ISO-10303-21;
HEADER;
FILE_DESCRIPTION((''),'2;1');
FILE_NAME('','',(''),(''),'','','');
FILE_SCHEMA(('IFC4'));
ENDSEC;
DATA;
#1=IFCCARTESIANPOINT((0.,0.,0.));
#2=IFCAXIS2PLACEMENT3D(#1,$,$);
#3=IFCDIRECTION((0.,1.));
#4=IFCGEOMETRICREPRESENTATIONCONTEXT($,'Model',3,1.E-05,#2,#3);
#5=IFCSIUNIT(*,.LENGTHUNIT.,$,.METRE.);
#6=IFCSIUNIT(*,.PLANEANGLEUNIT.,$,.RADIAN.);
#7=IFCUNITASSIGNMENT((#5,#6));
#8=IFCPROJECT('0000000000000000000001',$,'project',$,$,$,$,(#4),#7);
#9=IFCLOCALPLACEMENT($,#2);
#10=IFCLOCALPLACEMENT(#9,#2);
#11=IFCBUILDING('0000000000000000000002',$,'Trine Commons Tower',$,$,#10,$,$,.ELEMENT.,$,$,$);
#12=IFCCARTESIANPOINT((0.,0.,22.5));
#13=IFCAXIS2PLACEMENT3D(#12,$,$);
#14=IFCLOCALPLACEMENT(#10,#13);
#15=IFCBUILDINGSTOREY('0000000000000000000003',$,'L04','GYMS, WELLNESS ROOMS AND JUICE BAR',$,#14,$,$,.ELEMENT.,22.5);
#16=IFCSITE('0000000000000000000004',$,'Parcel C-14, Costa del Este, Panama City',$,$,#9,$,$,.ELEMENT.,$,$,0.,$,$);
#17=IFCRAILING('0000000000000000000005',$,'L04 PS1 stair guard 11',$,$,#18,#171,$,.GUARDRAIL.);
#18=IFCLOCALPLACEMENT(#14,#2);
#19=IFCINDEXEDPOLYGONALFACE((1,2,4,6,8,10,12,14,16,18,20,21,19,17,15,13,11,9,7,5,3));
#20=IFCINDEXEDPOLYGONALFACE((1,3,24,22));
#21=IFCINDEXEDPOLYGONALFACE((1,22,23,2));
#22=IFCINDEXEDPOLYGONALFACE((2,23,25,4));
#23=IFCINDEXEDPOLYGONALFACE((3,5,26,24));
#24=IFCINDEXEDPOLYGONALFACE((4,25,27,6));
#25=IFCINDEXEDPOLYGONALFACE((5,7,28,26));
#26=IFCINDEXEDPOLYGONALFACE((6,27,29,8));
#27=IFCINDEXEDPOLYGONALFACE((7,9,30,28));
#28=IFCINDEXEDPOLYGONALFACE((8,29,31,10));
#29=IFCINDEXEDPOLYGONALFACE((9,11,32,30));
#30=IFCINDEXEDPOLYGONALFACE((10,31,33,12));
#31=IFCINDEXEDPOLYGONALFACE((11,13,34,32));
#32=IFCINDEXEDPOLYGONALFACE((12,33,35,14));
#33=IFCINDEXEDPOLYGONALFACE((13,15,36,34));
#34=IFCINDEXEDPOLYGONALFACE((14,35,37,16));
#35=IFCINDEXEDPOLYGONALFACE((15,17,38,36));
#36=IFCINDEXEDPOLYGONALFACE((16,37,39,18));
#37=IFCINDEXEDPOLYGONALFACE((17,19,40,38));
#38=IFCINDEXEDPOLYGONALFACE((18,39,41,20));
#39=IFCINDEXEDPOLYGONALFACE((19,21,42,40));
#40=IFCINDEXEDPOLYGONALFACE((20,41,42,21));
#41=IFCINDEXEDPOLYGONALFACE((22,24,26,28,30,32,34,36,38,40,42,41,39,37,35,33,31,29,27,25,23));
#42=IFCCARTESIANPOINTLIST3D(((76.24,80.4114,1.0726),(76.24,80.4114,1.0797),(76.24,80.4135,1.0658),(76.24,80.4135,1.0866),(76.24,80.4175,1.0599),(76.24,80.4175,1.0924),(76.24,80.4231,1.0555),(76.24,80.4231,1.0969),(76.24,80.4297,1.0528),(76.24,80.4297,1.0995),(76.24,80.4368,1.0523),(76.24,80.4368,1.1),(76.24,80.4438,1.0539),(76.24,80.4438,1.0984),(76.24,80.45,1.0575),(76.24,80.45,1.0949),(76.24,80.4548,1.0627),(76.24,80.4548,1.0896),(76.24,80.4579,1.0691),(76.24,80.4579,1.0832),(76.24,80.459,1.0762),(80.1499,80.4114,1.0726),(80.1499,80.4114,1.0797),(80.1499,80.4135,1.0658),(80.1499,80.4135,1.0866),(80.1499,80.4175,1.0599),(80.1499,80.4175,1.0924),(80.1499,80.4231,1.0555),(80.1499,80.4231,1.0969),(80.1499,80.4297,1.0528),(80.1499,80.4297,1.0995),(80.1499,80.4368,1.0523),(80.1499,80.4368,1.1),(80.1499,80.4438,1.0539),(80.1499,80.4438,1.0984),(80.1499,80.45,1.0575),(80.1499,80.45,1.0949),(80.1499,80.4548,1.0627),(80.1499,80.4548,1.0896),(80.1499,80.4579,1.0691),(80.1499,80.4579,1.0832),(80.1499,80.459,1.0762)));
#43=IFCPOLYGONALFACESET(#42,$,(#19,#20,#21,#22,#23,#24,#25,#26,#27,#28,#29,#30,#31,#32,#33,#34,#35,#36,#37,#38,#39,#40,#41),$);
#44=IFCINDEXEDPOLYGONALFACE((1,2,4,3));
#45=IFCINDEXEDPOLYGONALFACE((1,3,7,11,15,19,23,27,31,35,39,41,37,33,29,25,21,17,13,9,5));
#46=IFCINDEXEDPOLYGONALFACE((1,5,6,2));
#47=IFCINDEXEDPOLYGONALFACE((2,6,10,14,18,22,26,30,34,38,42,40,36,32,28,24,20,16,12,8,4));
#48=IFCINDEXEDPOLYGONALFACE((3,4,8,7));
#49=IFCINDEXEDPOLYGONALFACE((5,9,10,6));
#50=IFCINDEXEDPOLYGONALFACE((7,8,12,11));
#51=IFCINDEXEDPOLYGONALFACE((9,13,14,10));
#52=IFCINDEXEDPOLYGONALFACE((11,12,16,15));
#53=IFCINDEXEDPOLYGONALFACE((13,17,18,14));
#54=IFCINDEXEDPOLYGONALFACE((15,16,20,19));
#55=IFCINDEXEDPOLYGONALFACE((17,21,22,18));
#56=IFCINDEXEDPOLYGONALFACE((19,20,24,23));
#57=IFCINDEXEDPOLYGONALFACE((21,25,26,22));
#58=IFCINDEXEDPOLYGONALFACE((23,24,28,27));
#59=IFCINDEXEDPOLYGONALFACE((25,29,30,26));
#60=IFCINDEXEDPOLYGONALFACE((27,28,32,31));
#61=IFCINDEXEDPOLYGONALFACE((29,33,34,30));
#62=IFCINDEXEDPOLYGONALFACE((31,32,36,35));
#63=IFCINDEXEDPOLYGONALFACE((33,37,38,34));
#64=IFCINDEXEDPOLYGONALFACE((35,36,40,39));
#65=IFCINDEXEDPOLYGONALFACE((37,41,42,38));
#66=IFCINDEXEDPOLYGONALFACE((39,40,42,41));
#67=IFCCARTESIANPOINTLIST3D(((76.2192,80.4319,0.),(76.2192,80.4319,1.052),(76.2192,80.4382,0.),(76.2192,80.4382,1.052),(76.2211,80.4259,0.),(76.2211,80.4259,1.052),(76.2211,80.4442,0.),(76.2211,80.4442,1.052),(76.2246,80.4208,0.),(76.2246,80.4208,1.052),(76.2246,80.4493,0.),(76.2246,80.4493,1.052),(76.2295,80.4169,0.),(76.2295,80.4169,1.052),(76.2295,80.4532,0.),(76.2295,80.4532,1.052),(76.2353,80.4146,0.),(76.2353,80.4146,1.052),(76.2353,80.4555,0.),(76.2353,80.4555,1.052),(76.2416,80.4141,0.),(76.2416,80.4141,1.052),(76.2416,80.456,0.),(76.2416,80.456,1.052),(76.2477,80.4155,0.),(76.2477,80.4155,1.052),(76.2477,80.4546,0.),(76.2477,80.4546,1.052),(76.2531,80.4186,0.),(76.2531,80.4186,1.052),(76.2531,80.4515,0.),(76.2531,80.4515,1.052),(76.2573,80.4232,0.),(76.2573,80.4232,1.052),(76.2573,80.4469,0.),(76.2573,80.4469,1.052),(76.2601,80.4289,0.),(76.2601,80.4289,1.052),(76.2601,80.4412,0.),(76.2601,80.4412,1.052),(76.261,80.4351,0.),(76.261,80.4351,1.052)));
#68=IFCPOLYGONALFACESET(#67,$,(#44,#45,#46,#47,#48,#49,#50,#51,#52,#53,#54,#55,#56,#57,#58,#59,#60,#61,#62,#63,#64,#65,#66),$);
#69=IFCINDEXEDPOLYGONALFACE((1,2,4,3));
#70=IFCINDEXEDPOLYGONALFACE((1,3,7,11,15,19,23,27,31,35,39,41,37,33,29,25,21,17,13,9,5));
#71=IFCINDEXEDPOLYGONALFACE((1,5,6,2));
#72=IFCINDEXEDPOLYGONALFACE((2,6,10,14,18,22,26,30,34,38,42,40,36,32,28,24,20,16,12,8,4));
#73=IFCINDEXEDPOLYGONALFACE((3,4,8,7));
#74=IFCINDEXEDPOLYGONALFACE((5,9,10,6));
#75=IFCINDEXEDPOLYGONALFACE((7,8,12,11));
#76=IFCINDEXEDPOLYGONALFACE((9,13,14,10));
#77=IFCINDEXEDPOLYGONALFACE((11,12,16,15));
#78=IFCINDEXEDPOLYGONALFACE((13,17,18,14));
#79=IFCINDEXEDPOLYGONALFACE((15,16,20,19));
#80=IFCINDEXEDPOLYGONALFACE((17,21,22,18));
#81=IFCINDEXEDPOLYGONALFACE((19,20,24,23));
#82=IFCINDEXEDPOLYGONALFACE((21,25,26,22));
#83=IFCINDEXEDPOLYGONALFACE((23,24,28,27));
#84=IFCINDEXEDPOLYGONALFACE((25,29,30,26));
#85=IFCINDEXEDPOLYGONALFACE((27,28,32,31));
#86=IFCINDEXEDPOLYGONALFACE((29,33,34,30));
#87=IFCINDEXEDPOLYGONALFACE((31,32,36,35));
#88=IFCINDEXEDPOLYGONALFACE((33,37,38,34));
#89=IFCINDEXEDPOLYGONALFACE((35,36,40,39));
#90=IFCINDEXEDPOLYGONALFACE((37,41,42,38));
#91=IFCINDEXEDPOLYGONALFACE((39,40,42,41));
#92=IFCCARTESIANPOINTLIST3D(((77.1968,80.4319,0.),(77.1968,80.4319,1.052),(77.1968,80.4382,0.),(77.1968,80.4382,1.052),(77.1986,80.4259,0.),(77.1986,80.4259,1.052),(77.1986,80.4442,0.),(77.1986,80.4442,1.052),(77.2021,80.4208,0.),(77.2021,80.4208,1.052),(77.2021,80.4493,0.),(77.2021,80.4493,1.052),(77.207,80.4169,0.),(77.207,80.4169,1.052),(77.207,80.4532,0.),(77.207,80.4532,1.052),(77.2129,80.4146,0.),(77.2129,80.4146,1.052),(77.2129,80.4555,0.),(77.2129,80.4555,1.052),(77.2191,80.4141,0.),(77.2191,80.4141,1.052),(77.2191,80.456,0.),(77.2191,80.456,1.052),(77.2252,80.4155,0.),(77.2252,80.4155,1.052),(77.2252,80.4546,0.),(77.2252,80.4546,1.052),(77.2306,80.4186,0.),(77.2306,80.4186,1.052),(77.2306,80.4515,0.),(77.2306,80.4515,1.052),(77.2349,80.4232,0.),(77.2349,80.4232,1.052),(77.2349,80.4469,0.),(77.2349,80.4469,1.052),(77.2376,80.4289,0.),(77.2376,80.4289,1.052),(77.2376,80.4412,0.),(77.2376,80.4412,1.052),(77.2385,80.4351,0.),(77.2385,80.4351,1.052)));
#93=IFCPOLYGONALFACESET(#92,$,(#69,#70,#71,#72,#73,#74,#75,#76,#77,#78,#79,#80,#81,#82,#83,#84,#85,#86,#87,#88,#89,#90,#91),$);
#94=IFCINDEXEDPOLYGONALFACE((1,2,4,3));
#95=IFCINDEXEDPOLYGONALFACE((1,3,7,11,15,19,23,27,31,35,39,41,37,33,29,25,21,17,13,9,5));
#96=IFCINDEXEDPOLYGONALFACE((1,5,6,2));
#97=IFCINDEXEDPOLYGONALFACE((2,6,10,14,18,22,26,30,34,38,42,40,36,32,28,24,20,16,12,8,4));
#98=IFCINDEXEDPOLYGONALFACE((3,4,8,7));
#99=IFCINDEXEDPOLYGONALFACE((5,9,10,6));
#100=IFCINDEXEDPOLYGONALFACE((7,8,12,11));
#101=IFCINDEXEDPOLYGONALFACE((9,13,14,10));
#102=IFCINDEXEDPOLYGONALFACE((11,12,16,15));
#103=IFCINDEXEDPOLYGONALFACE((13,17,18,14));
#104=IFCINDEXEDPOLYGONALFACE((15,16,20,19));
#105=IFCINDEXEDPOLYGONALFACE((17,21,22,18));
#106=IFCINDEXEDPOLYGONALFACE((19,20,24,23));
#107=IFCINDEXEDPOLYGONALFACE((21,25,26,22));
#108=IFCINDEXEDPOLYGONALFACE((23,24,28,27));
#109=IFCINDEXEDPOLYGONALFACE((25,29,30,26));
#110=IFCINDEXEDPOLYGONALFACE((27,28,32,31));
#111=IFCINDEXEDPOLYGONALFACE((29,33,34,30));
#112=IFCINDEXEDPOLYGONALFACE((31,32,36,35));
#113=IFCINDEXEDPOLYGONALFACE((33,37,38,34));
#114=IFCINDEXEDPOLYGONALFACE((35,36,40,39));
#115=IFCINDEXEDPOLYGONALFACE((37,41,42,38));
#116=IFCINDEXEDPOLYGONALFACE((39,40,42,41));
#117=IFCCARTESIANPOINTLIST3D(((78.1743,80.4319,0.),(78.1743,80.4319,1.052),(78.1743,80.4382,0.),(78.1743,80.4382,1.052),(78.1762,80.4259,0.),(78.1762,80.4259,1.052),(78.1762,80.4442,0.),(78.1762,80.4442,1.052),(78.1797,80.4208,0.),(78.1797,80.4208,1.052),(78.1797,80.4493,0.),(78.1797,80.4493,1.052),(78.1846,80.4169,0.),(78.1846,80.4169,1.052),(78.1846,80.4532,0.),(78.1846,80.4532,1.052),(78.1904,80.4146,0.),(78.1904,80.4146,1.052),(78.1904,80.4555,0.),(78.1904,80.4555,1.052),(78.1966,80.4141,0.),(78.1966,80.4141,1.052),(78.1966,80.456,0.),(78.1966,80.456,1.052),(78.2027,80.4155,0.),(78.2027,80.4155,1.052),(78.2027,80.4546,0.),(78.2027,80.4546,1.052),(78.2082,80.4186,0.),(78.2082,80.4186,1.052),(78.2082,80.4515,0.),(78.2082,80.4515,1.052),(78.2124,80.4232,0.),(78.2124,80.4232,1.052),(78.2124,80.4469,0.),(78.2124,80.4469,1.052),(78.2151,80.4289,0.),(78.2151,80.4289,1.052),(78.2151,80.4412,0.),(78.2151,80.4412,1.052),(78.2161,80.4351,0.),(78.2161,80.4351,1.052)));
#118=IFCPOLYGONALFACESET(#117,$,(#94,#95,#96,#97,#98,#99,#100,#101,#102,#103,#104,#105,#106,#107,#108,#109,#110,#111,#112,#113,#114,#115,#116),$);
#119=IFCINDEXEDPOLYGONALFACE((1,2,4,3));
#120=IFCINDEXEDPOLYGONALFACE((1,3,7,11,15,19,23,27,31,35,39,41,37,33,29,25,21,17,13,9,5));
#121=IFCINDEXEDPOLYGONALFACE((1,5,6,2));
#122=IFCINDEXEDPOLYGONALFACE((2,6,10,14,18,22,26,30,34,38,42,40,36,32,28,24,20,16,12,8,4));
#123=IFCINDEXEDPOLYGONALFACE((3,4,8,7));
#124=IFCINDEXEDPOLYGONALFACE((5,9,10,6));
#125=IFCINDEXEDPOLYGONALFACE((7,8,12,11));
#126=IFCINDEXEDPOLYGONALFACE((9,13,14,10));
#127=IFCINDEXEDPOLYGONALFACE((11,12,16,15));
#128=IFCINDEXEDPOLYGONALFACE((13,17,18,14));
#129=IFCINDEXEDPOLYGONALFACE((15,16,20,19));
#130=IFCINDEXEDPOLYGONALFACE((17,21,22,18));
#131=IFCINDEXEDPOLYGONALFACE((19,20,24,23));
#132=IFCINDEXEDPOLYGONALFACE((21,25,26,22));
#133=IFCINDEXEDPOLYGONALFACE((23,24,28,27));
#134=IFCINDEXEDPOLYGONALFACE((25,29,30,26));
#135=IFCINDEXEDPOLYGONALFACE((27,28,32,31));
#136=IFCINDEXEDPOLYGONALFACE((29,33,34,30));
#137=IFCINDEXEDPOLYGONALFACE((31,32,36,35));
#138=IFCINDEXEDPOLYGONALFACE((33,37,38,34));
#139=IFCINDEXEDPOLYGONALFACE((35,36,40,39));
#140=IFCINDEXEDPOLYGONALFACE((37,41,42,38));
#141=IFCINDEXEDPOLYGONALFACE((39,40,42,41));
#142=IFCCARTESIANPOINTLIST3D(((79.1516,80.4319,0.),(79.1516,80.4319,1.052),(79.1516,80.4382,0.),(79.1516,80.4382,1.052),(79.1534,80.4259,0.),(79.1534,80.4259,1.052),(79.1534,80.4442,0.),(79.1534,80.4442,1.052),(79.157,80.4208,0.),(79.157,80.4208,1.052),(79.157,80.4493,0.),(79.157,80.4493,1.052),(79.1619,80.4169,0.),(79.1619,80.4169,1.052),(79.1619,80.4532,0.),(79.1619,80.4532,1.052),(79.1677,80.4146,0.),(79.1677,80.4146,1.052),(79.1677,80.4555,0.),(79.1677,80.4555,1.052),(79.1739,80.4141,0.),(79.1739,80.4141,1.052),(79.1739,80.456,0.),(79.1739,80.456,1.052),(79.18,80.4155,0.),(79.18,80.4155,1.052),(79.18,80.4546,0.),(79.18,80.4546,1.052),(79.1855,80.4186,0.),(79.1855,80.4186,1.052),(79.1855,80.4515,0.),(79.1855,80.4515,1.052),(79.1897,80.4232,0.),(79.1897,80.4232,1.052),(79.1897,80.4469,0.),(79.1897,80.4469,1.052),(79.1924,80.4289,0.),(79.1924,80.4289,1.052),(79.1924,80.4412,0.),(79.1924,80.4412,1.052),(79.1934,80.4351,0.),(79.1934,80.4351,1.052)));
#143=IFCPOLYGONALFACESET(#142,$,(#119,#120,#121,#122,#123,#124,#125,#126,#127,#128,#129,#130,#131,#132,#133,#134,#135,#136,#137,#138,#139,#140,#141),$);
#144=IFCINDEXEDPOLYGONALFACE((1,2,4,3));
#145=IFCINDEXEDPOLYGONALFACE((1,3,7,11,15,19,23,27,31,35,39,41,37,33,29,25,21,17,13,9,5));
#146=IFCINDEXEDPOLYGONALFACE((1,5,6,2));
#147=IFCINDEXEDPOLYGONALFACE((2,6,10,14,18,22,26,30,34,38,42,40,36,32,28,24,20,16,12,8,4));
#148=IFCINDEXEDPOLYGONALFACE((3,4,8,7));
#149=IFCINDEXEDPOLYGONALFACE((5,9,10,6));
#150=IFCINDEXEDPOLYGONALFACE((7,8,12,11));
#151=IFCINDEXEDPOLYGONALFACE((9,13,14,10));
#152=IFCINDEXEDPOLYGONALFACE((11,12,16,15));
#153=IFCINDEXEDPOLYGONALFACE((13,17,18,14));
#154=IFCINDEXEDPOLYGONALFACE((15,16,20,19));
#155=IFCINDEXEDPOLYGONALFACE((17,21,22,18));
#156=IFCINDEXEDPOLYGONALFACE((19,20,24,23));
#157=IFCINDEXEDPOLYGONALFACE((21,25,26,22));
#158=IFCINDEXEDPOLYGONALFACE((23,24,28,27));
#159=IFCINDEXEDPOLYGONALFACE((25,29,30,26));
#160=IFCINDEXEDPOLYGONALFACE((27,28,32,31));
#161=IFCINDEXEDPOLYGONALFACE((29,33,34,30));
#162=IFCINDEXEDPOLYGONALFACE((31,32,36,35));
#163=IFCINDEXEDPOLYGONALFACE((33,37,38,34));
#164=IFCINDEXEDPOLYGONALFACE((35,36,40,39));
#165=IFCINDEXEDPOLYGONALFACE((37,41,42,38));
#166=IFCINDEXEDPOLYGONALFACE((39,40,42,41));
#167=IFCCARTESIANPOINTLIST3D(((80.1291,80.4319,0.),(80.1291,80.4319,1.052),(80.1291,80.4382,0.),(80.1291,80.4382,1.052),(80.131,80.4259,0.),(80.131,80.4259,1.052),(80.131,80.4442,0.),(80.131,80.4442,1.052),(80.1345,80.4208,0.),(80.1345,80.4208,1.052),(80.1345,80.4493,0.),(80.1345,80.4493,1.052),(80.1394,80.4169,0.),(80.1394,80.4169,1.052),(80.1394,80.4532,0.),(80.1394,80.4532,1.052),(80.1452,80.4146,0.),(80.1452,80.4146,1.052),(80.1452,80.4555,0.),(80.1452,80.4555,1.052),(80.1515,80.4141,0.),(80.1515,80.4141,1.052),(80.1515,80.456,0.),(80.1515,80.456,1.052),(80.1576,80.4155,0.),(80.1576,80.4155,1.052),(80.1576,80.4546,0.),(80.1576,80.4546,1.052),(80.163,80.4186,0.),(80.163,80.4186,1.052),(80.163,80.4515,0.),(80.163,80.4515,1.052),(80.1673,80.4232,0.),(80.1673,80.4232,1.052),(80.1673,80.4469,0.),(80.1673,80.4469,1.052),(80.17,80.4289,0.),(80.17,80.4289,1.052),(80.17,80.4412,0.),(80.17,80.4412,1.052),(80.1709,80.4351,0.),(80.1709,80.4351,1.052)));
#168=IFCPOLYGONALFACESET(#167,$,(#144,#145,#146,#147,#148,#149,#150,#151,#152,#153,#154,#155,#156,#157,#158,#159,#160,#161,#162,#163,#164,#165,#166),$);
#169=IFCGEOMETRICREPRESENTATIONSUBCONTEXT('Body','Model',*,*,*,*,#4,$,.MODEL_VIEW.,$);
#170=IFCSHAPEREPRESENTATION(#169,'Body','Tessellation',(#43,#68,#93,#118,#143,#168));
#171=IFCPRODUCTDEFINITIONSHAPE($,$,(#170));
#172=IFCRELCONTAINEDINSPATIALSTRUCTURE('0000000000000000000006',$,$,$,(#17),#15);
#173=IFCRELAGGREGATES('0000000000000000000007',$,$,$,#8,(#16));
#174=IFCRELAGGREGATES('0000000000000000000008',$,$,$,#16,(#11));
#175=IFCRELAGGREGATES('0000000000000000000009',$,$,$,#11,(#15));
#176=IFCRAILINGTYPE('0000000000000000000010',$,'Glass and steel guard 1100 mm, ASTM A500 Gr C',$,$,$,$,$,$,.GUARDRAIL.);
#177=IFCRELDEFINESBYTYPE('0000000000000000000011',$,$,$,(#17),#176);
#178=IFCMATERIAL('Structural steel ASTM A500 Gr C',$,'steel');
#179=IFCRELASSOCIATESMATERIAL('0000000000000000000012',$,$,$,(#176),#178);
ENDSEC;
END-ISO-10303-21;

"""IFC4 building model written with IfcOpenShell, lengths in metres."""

from ifc_helpers import new_model, si_unit, direction, frame, origin, origin_2d, place, context, subcontext, project, spatial, circle, extrude, material, type_object, element, save


model = new_model("IFC4")

# Units and contexts
model_context = context("Model", 3, precision=1e-05, world=origin(), true_north=direction((0.0, 1.0)))
body_context = subcontext(model_context, "Body", "Model", "MODEL_VIEW")
ifc_project = project(units=[si_unit("LENGTHUNIT", "METRE"), si_unit("PLANEANGLEUNIT", "RADIAN")], contexts=[model_context])

# Site, building, storey
site_placement = place(None, origin())
site = spatial("IfcSite", under=ifc_project, at=site_placement, Name="Parcel C-14, Costa del Este, Panama City", CompositionType="ELEMENT", RefElevation=0.0)
building_placement = place(site_placement, origin())
building = spatial("IfcBuilding", under=site, at=building_placement, Name="Trine Commons Tower", CompositionType="ELEMENT")
storey_placement = place(building_placement, frame((0.0, 0.0, 22.5)))
storey = spatial("IfcBuildingStorey", under=building, at=storey_placement, Name="L04", Description="GYMS, WELLNESS ROOMS AND JUICE BAR", CompositionType="ELEMENT", Elevation=22.5)

# Railing
ifc_material_1 = material(Name="Structural steel ASTM A500 Gr C", Category="steel")
railing_type_1 = type_object("IfcRailingType", Name="Glass and steel guard 1100 mm, ASTM A500 Gr C", PredefinedType="GUARDRAIL", material=ifc_material_1)
for number, where, name in (
    (1, (76.24, 80.4351, 0.0), "L04 PS1 stair guard 11"),
):
    element("IfcRailing", number, at=place(storey_placement, frame(where)), inside=storey, type_object=railing_type_1, Name=name, PredefinedType="GUARDRAIL", context=body_context, shape_type="SweptSolid", body=[
        extrude(circle(Radius=0.0239, at=origin_2d()), frame((0.0, 0.0, 1.0762), z_axis=(1.0, 0.0, 0.0), x_axis=(0.0, 1.0, 0.0)), (0.0, 0.0, 1.0), 3.9099),
        extrude(circle(Radius=0.021, at=origin_2d()), origin(), (0.0, 0.0, 1.0), 1.052),
        extrude(circle(Radius=0.021, at=origin_2d()), frame((0.9775, 0.0, 0.0)), (0.0, 0.0, 1.0), 1.052),
        extrude(circle(Radius=0.021, at=origin_2d()), frame((1.9551, 0.0, 0.0)), (0.0, 0.0, 1.0), 1.052),
        extrude(circle(Radius=0.021, at=origin_2d()), frame((2.9324, 0.0, 0.0)), (0.0, 0.0, 1.0), 1.052),
        extrude(circle(Radius=0.021, at=origin_2d()), frame((3.9099, 0.0, 0.0)), (0.0, 0.0, 1.0), 1.052),
    ])

save(model, "model.ifc")
